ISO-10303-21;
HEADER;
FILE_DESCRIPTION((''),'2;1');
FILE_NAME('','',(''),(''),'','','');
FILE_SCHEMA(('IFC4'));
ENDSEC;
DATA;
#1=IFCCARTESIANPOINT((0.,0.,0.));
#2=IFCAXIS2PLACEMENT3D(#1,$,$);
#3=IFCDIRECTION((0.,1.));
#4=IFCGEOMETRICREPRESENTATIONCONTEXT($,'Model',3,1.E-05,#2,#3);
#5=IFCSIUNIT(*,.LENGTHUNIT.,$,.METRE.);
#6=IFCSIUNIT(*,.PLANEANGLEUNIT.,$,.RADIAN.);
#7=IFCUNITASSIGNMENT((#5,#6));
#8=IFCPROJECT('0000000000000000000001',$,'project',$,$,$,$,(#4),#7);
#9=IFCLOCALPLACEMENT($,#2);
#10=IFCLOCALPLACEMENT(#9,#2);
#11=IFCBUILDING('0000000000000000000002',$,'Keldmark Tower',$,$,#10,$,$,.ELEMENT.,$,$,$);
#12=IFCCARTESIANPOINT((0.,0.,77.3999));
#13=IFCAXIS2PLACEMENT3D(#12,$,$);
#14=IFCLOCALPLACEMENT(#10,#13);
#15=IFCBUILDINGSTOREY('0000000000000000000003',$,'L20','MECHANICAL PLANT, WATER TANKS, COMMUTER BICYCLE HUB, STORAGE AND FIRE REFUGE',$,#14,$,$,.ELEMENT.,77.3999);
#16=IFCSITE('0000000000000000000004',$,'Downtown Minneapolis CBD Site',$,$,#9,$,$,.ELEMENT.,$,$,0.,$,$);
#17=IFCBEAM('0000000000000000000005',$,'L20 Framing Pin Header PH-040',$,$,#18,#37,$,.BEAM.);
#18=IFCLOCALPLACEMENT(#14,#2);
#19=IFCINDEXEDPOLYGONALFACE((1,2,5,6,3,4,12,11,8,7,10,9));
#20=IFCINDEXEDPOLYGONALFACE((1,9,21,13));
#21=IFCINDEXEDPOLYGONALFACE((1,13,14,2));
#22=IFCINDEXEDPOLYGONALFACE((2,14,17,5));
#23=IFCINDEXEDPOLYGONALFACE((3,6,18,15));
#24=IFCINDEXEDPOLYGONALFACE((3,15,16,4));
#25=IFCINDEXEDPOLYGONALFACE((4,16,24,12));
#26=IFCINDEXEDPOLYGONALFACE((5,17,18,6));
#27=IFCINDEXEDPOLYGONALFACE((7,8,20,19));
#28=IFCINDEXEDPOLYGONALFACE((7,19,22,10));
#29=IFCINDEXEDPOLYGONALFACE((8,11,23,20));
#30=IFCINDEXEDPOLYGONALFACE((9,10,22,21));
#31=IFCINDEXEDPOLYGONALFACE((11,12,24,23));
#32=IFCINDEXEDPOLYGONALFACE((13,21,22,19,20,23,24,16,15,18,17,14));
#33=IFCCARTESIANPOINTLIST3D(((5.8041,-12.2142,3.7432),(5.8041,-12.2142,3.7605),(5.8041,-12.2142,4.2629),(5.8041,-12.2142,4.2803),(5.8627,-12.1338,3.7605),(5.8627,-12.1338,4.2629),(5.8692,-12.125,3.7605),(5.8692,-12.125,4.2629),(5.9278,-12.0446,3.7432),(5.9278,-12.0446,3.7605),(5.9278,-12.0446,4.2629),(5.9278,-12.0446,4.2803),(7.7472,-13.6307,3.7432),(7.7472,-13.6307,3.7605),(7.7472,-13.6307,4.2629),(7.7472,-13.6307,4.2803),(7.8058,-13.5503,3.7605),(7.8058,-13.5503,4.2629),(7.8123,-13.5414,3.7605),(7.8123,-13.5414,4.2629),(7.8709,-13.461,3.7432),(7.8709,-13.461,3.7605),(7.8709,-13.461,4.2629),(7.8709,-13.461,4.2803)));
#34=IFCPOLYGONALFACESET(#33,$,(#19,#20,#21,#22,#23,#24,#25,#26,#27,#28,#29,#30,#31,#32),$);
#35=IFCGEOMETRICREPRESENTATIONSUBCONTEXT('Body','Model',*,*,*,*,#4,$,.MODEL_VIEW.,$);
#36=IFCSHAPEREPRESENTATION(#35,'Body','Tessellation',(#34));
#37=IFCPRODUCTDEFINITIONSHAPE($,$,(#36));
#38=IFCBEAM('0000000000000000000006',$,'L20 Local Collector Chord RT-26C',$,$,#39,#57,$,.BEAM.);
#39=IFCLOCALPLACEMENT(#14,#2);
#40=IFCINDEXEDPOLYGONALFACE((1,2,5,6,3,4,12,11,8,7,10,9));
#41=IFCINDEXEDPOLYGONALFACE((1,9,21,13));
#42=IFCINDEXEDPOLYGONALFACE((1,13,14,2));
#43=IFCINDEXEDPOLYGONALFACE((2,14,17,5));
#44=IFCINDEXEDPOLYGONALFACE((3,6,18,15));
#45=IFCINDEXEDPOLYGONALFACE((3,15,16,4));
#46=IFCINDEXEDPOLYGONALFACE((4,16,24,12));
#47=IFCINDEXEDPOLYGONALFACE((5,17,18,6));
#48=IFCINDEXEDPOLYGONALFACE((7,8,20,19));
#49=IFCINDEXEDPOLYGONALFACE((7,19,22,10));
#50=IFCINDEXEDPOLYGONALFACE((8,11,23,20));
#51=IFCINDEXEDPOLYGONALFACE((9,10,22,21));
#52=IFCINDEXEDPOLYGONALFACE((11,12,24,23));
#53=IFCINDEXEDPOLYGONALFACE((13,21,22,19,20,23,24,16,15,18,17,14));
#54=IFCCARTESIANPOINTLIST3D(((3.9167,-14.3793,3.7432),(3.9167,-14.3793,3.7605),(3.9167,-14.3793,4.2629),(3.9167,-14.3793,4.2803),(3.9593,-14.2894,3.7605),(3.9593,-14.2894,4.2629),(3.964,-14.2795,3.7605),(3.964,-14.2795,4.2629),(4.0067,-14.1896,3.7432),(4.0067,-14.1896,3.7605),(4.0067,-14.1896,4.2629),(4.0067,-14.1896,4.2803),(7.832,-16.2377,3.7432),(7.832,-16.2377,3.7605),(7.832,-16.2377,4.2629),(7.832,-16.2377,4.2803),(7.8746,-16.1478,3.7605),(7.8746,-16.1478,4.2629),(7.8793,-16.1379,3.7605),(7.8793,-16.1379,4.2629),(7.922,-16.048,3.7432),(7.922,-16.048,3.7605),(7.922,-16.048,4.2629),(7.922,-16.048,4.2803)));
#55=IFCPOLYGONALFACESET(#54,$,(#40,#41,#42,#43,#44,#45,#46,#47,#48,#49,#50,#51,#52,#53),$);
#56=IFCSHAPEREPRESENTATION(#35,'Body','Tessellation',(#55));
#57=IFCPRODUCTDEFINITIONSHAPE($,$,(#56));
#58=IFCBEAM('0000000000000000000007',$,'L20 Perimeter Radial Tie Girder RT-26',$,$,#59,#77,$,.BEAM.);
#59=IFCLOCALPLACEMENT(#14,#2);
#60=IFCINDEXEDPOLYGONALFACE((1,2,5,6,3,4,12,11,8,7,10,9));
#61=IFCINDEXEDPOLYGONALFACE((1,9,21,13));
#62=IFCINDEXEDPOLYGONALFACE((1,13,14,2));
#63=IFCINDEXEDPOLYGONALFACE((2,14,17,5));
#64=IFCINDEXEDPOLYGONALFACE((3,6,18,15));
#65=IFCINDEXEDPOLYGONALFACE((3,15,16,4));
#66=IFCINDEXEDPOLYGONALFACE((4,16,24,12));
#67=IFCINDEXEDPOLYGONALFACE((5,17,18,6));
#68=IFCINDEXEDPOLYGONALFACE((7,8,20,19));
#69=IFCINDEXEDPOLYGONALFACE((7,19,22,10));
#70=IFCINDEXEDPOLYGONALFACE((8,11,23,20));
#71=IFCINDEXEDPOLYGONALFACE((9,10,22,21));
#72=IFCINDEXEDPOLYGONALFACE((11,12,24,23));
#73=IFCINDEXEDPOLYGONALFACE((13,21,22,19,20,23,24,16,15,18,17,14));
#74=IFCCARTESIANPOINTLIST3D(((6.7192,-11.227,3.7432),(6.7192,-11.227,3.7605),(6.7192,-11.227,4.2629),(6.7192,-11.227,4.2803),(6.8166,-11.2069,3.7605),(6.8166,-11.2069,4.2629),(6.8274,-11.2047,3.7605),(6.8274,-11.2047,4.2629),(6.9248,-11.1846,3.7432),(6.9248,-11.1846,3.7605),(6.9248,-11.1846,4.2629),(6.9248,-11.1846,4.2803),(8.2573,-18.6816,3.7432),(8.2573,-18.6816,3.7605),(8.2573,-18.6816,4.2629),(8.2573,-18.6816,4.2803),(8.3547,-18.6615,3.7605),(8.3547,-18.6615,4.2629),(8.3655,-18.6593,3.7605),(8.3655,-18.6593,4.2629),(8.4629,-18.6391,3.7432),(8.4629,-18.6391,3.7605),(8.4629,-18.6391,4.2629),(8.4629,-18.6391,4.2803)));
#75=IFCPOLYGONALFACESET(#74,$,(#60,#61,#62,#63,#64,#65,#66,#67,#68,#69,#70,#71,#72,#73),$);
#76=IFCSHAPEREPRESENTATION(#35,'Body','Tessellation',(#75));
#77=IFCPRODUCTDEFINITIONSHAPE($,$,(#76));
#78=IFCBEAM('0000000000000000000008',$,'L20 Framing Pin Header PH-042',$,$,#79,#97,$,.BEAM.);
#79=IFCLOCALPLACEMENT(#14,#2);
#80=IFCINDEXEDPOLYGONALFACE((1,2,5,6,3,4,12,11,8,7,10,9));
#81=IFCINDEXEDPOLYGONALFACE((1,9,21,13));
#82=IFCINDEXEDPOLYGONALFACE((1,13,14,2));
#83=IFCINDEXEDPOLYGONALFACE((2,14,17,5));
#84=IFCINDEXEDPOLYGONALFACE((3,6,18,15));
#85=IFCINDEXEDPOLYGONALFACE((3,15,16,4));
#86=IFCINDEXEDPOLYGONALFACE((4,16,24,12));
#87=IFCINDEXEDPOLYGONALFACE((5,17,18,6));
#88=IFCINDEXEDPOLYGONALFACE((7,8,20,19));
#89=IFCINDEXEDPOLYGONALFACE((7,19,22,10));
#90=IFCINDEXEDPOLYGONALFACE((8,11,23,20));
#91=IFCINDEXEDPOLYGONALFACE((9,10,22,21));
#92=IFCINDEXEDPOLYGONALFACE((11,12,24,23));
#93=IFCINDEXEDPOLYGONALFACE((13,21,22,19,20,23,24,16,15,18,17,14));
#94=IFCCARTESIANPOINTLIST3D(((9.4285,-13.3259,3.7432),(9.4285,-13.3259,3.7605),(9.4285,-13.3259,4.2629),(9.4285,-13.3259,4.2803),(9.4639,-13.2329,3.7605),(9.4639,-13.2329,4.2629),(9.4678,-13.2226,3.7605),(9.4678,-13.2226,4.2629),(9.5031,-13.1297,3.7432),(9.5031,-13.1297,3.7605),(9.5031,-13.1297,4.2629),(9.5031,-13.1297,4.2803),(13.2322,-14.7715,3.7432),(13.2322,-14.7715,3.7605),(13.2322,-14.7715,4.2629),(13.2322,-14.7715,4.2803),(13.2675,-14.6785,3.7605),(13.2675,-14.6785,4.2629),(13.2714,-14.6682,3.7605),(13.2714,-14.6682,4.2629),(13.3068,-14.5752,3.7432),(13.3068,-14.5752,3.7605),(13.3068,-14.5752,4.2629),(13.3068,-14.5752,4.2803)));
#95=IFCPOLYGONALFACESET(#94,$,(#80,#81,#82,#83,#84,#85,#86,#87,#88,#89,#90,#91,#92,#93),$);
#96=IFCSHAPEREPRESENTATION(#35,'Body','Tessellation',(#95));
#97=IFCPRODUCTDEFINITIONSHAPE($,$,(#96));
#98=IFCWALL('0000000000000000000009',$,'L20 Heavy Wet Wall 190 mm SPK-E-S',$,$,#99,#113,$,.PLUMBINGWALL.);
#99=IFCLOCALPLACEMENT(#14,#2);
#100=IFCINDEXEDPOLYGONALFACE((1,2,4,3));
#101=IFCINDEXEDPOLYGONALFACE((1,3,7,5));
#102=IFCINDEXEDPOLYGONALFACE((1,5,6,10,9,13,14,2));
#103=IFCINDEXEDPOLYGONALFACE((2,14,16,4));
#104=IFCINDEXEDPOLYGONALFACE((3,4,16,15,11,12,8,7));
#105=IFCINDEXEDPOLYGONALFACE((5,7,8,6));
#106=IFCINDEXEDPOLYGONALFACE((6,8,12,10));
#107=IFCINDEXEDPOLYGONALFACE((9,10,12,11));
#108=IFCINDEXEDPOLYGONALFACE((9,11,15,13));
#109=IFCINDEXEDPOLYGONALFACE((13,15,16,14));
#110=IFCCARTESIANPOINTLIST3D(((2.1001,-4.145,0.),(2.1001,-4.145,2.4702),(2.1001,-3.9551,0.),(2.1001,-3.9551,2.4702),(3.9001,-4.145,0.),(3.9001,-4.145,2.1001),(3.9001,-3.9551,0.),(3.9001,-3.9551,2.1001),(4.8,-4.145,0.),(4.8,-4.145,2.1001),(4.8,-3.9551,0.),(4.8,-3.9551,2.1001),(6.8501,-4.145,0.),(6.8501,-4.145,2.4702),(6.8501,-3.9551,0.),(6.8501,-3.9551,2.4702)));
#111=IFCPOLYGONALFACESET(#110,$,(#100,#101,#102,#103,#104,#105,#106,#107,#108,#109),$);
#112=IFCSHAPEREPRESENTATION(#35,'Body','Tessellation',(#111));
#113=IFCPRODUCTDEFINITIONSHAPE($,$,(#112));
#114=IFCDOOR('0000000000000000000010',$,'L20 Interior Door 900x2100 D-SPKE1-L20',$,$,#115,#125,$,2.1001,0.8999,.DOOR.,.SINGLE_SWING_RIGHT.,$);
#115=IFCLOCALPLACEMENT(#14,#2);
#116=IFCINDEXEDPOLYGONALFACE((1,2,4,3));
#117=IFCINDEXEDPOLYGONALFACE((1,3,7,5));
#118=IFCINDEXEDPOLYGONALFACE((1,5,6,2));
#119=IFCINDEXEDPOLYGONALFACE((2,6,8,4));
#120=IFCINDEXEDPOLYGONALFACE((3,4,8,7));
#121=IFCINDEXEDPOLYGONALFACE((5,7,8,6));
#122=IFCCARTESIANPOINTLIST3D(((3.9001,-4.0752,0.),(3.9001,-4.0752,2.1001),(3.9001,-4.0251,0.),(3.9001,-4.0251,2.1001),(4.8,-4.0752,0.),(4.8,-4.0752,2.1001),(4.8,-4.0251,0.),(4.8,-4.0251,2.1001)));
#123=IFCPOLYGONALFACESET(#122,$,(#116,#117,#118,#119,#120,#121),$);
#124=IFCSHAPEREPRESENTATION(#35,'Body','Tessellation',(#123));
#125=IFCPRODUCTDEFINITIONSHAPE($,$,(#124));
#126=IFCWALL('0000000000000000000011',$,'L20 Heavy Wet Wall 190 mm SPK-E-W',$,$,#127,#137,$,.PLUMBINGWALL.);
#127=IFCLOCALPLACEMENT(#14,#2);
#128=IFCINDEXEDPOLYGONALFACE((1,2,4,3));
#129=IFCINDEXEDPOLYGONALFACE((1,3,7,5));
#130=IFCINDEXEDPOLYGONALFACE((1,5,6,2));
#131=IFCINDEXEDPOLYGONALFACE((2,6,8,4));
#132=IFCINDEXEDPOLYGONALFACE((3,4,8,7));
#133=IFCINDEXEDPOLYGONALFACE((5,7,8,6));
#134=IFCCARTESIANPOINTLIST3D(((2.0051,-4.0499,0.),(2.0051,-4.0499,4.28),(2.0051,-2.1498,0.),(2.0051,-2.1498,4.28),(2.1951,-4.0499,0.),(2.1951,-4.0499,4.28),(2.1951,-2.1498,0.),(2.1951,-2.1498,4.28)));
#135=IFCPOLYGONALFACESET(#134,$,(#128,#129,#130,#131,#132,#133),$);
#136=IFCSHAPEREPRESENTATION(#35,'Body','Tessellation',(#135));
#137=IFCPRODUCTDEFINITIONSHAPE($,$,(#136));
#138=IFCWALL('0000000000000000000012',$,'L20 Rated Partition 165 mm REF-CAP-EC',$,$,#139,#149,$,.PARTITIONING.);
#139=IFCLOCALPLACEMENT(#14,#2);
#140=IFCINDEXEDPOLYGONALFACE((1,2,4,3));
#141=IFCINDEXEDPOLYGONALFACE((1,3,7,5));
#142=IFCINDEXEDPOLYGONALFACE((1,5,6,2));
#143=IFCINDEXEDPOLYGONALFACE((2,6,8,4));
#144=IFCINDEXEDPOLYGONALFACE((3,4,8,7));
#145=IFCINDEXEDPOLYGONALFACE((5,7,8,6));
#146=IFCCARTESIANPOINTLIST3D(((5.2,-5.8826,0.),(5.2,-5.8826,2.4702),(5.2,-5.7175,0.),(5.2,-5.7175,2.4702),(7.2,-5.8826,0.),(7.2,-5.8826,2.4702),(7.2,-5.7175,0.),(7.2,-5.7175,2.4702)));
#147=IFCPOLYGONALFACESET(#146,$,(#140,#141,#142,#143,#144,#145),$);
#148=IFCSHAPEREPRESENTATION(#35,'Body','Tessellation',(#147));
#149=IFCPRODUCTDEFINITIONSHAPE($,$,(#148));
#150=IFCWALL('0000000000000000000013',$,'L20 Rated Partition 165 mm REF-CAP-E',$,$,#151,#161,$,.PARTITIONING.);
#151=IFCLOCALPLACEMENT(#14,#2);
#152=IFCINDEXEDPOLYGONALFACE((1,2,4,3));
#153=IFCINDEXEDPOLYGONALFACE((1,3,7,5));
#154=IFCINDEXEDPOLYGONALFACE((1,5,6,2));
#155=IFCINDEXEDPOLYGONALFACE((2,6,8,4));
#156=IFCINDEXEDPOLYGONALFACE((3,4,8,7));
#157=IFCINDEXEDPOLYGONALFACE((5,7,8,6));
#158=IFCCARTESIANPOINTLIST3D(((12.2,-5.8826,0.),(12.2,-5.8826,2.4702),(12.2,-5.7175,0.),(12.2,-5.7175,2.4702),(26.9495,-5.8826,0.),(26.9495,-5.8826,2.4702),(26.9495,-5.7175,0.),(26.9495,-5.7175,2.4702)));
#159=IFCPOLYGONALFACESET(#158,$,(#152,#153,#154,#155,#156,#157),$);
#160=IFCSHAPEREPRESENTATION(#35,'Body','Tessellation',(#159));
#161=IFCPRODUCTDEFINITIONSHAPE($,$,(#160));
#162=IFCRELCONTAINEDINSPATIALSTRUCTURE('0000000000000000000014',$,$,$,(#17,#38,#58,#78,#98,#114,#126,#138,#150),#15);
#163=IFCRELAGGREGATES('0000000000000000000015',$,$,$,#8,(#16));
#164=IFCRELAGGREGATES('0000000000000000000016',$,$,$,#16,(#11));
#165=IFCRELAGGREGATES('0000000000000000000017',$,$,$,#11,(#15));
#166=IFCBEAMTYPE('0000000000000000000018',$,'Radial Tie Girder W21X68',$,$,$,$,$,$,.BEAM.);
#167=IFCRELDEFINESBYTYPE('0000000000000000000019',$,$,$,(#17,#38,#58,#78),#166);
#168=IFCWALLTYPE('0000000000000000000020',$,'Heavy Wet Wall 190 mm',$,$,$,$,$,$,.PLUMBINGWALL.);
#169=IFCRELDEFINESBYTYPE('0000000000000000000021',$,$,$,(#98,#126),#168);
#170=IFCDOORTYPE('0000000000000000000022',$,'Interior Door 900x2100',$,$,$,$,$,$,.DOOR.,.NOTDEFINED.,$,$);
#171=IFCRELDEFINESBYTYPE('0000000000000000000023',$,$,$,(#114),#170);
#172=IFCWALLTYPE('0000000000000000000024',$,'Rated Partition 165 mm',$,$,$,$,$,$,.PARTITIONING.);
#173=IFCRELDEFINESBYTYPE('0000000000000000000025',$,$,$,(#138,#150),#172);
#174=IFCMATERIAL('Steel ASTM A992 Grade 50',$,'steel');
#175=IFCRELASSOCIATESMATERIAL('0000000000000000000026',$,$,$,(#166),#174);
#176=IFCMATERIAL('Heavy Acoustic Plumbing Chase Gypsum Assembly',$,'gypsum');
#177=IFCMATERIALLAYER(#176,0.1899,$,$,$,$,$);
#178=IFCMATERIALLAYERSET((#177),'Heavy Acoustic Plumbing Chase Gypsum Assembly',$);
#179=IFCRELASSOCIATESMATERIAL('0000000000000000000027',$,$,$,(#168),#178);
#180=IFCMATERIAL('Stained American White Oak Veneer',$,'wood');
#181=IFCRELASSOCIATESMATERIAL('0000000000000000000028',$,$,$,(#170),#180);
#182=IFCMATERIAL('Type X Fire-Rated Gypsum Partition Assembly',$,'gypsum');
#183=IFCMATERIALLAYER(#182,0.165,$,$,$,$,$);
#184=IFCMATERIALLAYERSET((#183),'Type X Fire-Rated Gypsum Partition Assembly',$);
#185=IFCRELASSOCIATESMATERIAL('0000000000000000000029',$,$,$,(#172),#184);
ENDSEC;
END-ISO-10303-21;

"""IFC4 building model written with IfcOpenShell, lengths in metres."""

from ifc_helpers import new_model, si_unit, direction, frame, frame_2d, origin, origin_2d, place, context, subcontext, project, spatial, rectangle, i_section, extrude, material, layer, layer_set, material_profile, profile_set, type_object, element, fill, save


model = new_model("IFC4")

# Units and contexts
model_context = context("Model", 3, precision=1e-05, world=origin(), true_north=direction((0.0, 1.0)))
body_context = subcontext(model_context, "Body", "Model", "MODEL_VIEW")
ifc_project = project(units=[si_unit("LENGTHUNIT", "METRE"), si_unit("PLANEANGLEUNIT", "RADIAN")], contexts=[model_context])

# Site, building, storey
site_placement = place(None, origin())
site = spatial("IfcSite", under=ifc_project, at=site_placement, Name="Downtown Minneapolis CBD Site", CompositionType="ELEMENT", RefElevation=0.0)
building_placement = place(site_placement, origin())
building = spatial("IfcBuilding", under=site, at=building_placement, Name="Keldmark Tower", CompositionType="ELEMENT")
storey_placement = place(building_placement, frame((0.0, 0.0, 77.3999)))
storey = spatial("IfcBuildingStorey", under=building, at=storey_placement, Name="L20", Description="MECHANICAL PLANT, WATER TANKS, COMMUTER BICYCLE HUB, STORAGE AND FIRE REFUGE", CompositionType="ELEMENT", Elevation=77.3999)

# Beams
ifc_material_1 = material(Name="Steel ASTM A992 Grade 50", Category="steel")
ifc_material_profile_1 = material_profile(ifc_material_1, i_section(OverallWidth=0.21, OverallDepth=0.5371, WebThickness=0.011, FlangeThickness=0.0173, at=origin_2d()), Name="W21X68")
ifc_profile_set_1 = profile_set([ifc_material_profile_1], Name="Steel ASTM A992 Grade 50")
beam_type_1 = type_object("IfcBeamType", Name="Radial Tie Girder W21X68", PredefinedType="BEAM", material=ifc_profile_set_1)
beam_1_placement = place(storey_placement, frame((5.866, -12.1294, 4.0117), z_axis=(0.808077, -0.589077, 0.0), x_axis=(0.589077, 0.808077, 0.0)))
element("IfcBeam", 1, at=beam_1_placement, inside=storey, type_object=beam_type_1, Name="L20 Framing Pin Header PH-040", PredefinedType="BEAM", context=body_context, shape_type="SweptSolid", body=[
    extrude(i_section(OverallWidth=0.21, OverallDepth=0.5371, WebThickness=0.011, FlangeThickness=0.0173, at=origin_2d()), origin(), (0.0, 0.0, 1.0), 2.4045),
])
beam_2_placement = place(storey_placement, frame((3.9617, -14.2844, 4.0117), z_axis=(0.903399, -0.428801, 0.0), x_axis=(0.428801, 0.903399, 0.0)))
element("IfcBeam", 2, at=beam_2_placement, inside=storey, type_object=beam_type_1, Name="L20 Local Collector Chord RT-26C", PredefinedType="BEAM", context=body_context, shape_type="SweptSolid", body=[
    extrude(i_section(OverallWidth=0.21, OverallDepth=0.5371, WebThickness=0.011, FlangeThickness=0.0173, at=origin_2d()), origin(), (0.0, 0.0, 1.0), 4.334),
])
beam_3_placement = place(storey_placement, frame((6.822, -11.2058, 4.0117), z_axis=(0.202071, -0.979371, 0.0), x_axis=(0.979371, 0.202071, 0.0)))
element("IfcBeam", 3, at=beam_3_placement, inside=storey, type_object=beam_type_1, Name="L20 Perimeter Radial Tie Girder RT-26", PredefinedType="BEAM", context=body_context, shape_type="SweptSolid", body=[
    extrude(i_section(OverallWidth=0.21, OverallDepth=0.5371, WebThickness=0.011, FlangeThickness=0.0173, at=origin_2d()), origin(), (0.0, 0.0, 1.0), 7.6116),
])
beam_4_placement = place(storey_placement, frame((9.4658, -13.2278, 4.0117), z_axis=(0.934772, -0.355249, 0.0), x_axis=(0.355249, 0.934772, 0.0)))
element("IfcBeam", 4, at=beam_4_placement, inside=storey, type_object=beam_type_1, Name="L20 Framing Pin Header PH-042", PredefinedType="BEAM", context=body_context, shape_type="SweptSolid", body=[
    extrude(i_section(OverallWidth=0.21, OverallDepth=0.5371, WebThickness=0.011, FlangeThickness=0.0173, at=origin_2d()), origin(), (0.0, 0.0, 1.0), 4.0691),
])

# Wall, opening, door
ifc_material_2 = material(Name="Heavy Acoustic Plumbing Chase Gypsum Assembly", Category="gypsum")
ifc_layer_1 = layer(ifc_material_2, 0.1899)
ifc_layer_set_1 = layer_set([ifc_layer_1], Name="Heavy Acoustic Plumbing Chase Gypsum Assembly")
wall_type_1 = type_object("IfcWallType", Name="Heavy Wet Wall 190 mm", PredefinedType="PLUMBINGWALL", material=ifc_layer_set_1)
wall_1_placement = place(storey_placement, frame((2.1001, -4.05, 0.0), z_axis=(0.0, 0.0, 1.0), x_axis=(1.0, 0.0, 0.0)))
wall_1 = element("IfcWall", 5, at=wall_1_placement, inside=storey, type_object=wall_type_1, Name="L20 Heavy Wet Wall 190 mm SPK-E-S", PredefinedType="PLUMBINGWALL", context=body_context, shape_type="SweptSolid", body=[
    extrude(rectangle(XDim=4.75, YDim=0.1899, at=frame_2d((2.375, 0.0))), origin(), (0.0, 0.0, 1.0), 2.4702),
])
opening_1_placement = place(wall_1_placement, frame((1.8, 0.0, 0.0)))
opening_1 = element("IfcOpeningElement", 6, at=opening_1_placement, cuts=wall_1, PredefinedType="OPENING", context=body_context, shape_type="SweptSolid", body=[
    extrude(rectangle(XDim=0.8999, YDim=2.1001, at=frame_2d((0.45, 1.05))), frame((0.0, 0.105, 0.0), z_axis=(0.0, -1.0, 0.0), x_axis=(1.0, 0.0, 0.0)), (0.0, 0.0, 1.0), 0.21),
])
ifc_material_3 = material(Name="Stained American White Oak Veneer", Category="wood")
door_type_1 = type_object("IfcDoorType", Name="Interior Door 900x2100", OperationType="NOTDEFINED", PredefinedType="DOOR", material=ifc_material_3)
door_1_placement = place(opening_1_placement, origin())
door_1 = element("IfcDoor", 7, at=door_1_placement, inside=storey, type_object=door_type_1, Name="L20 Interior Door 900x2100 D-SPKE1-L20", OperationType="SINGLE_SWING_RIGHT", OverallHeight=2.1001, OverallWidth=0.8999, PredefinedType="DOOR", context=body_context, shape_type="SweptSolid", body=[
    extrude(rectangle(XDim=0.8999, YDim=2.1001, at=frame_2d((0.45, 1.05))), frame((0.0, 0.0249, 0.0), z_axis=(0.0, -1.0, 0.0), x_axis=(1.0, 0.0, 0.0)), (0.0, 0.0, 1.0), 0.05),
])
fill(opening_1, door_1)

# Wall
wall_2_placement = place(storey_placement, frame((2.1001, -4.05, 0.0), z_axis=(0.0, 0.0, 1.0), x_axis=(0.0, 1.0, 0.0)))
element("IfcWall", 8, at=wall_2_placement, inside=storey, type_object=wall_type_1, Name="L20 Heavy Wet Wall 190 mm SPK-E-W", PredefinedType="PLUMBINGWALL", context=body_context, shape_type="SweptSolid", body=[
    extrude(rectangle(XDim=1.9001, YDim=0.1899, at=frame_2d((0.9502, 0.0))), origin(), (0.0, 0.0, 1.0), 4.28),
])

# Shared definitions
ifc_material_4 = material(Name="Type X Fire-Rated Gypsum Partition Assembly", Category="gypsum")
ifc_layer_2 = layer(ifc_material_4, 0.165)
ifc_layer_set_2 = layer_set([ifc_layer_2], Name="Type X Fire-Rated Gypsum Partition Assembly")
wall_type_2 = type_object("IfcWallType", Name="Rated Partition 165 mm", PredefinedType="PARTITIONING", material=ifc_layer_set_2)

# Walls
wall_3_placement = place(storey_placement, frame((5.2, -5.8, 0.0), z_axis=(0.0, 0.0, 1.0), x_axis=(1.0, 0.0, 0.0)))
element("IfcWall", 9, at=wall_3_placement, inside=storey, type_object=wall_type_2, Name="L20 Rated Partition 165 mm REF-CAP-EC", PredefinedType="PARTITIONING", context=body_context, shape_type="SweptSolid", body=[
    extrude(rectangle(XDim=2.0, YDim=0.165, at=frame_2d((1.0, 0.0))), origin(), (0.0, 0.0, 1.0), 2.4702),
])
wall_4_placement = place(storey_placement, frame((12.2, -5.8, 0.0), z_axis=(0.0, 0.0, 1.0), x_axis=(1.0, 0.0, 0.0)))
element("IfcWall", 10, at=wall_4_placement, inside=storey, type_object=wall_type_2, Name="L20 Rated Partition 165 mm REF-CAP-E", PredefinedType="PARTITIONING", context=body_context, shape_type="SweptSolid", body=[
    extrude(rectangle(XDim=14.7495, YDim=0.165, at=frame_2d((7.3748, 0.0))), origin(), (0.0, 0.0, 1.0), 2.4702),
])

save(model, "model.ifc")
